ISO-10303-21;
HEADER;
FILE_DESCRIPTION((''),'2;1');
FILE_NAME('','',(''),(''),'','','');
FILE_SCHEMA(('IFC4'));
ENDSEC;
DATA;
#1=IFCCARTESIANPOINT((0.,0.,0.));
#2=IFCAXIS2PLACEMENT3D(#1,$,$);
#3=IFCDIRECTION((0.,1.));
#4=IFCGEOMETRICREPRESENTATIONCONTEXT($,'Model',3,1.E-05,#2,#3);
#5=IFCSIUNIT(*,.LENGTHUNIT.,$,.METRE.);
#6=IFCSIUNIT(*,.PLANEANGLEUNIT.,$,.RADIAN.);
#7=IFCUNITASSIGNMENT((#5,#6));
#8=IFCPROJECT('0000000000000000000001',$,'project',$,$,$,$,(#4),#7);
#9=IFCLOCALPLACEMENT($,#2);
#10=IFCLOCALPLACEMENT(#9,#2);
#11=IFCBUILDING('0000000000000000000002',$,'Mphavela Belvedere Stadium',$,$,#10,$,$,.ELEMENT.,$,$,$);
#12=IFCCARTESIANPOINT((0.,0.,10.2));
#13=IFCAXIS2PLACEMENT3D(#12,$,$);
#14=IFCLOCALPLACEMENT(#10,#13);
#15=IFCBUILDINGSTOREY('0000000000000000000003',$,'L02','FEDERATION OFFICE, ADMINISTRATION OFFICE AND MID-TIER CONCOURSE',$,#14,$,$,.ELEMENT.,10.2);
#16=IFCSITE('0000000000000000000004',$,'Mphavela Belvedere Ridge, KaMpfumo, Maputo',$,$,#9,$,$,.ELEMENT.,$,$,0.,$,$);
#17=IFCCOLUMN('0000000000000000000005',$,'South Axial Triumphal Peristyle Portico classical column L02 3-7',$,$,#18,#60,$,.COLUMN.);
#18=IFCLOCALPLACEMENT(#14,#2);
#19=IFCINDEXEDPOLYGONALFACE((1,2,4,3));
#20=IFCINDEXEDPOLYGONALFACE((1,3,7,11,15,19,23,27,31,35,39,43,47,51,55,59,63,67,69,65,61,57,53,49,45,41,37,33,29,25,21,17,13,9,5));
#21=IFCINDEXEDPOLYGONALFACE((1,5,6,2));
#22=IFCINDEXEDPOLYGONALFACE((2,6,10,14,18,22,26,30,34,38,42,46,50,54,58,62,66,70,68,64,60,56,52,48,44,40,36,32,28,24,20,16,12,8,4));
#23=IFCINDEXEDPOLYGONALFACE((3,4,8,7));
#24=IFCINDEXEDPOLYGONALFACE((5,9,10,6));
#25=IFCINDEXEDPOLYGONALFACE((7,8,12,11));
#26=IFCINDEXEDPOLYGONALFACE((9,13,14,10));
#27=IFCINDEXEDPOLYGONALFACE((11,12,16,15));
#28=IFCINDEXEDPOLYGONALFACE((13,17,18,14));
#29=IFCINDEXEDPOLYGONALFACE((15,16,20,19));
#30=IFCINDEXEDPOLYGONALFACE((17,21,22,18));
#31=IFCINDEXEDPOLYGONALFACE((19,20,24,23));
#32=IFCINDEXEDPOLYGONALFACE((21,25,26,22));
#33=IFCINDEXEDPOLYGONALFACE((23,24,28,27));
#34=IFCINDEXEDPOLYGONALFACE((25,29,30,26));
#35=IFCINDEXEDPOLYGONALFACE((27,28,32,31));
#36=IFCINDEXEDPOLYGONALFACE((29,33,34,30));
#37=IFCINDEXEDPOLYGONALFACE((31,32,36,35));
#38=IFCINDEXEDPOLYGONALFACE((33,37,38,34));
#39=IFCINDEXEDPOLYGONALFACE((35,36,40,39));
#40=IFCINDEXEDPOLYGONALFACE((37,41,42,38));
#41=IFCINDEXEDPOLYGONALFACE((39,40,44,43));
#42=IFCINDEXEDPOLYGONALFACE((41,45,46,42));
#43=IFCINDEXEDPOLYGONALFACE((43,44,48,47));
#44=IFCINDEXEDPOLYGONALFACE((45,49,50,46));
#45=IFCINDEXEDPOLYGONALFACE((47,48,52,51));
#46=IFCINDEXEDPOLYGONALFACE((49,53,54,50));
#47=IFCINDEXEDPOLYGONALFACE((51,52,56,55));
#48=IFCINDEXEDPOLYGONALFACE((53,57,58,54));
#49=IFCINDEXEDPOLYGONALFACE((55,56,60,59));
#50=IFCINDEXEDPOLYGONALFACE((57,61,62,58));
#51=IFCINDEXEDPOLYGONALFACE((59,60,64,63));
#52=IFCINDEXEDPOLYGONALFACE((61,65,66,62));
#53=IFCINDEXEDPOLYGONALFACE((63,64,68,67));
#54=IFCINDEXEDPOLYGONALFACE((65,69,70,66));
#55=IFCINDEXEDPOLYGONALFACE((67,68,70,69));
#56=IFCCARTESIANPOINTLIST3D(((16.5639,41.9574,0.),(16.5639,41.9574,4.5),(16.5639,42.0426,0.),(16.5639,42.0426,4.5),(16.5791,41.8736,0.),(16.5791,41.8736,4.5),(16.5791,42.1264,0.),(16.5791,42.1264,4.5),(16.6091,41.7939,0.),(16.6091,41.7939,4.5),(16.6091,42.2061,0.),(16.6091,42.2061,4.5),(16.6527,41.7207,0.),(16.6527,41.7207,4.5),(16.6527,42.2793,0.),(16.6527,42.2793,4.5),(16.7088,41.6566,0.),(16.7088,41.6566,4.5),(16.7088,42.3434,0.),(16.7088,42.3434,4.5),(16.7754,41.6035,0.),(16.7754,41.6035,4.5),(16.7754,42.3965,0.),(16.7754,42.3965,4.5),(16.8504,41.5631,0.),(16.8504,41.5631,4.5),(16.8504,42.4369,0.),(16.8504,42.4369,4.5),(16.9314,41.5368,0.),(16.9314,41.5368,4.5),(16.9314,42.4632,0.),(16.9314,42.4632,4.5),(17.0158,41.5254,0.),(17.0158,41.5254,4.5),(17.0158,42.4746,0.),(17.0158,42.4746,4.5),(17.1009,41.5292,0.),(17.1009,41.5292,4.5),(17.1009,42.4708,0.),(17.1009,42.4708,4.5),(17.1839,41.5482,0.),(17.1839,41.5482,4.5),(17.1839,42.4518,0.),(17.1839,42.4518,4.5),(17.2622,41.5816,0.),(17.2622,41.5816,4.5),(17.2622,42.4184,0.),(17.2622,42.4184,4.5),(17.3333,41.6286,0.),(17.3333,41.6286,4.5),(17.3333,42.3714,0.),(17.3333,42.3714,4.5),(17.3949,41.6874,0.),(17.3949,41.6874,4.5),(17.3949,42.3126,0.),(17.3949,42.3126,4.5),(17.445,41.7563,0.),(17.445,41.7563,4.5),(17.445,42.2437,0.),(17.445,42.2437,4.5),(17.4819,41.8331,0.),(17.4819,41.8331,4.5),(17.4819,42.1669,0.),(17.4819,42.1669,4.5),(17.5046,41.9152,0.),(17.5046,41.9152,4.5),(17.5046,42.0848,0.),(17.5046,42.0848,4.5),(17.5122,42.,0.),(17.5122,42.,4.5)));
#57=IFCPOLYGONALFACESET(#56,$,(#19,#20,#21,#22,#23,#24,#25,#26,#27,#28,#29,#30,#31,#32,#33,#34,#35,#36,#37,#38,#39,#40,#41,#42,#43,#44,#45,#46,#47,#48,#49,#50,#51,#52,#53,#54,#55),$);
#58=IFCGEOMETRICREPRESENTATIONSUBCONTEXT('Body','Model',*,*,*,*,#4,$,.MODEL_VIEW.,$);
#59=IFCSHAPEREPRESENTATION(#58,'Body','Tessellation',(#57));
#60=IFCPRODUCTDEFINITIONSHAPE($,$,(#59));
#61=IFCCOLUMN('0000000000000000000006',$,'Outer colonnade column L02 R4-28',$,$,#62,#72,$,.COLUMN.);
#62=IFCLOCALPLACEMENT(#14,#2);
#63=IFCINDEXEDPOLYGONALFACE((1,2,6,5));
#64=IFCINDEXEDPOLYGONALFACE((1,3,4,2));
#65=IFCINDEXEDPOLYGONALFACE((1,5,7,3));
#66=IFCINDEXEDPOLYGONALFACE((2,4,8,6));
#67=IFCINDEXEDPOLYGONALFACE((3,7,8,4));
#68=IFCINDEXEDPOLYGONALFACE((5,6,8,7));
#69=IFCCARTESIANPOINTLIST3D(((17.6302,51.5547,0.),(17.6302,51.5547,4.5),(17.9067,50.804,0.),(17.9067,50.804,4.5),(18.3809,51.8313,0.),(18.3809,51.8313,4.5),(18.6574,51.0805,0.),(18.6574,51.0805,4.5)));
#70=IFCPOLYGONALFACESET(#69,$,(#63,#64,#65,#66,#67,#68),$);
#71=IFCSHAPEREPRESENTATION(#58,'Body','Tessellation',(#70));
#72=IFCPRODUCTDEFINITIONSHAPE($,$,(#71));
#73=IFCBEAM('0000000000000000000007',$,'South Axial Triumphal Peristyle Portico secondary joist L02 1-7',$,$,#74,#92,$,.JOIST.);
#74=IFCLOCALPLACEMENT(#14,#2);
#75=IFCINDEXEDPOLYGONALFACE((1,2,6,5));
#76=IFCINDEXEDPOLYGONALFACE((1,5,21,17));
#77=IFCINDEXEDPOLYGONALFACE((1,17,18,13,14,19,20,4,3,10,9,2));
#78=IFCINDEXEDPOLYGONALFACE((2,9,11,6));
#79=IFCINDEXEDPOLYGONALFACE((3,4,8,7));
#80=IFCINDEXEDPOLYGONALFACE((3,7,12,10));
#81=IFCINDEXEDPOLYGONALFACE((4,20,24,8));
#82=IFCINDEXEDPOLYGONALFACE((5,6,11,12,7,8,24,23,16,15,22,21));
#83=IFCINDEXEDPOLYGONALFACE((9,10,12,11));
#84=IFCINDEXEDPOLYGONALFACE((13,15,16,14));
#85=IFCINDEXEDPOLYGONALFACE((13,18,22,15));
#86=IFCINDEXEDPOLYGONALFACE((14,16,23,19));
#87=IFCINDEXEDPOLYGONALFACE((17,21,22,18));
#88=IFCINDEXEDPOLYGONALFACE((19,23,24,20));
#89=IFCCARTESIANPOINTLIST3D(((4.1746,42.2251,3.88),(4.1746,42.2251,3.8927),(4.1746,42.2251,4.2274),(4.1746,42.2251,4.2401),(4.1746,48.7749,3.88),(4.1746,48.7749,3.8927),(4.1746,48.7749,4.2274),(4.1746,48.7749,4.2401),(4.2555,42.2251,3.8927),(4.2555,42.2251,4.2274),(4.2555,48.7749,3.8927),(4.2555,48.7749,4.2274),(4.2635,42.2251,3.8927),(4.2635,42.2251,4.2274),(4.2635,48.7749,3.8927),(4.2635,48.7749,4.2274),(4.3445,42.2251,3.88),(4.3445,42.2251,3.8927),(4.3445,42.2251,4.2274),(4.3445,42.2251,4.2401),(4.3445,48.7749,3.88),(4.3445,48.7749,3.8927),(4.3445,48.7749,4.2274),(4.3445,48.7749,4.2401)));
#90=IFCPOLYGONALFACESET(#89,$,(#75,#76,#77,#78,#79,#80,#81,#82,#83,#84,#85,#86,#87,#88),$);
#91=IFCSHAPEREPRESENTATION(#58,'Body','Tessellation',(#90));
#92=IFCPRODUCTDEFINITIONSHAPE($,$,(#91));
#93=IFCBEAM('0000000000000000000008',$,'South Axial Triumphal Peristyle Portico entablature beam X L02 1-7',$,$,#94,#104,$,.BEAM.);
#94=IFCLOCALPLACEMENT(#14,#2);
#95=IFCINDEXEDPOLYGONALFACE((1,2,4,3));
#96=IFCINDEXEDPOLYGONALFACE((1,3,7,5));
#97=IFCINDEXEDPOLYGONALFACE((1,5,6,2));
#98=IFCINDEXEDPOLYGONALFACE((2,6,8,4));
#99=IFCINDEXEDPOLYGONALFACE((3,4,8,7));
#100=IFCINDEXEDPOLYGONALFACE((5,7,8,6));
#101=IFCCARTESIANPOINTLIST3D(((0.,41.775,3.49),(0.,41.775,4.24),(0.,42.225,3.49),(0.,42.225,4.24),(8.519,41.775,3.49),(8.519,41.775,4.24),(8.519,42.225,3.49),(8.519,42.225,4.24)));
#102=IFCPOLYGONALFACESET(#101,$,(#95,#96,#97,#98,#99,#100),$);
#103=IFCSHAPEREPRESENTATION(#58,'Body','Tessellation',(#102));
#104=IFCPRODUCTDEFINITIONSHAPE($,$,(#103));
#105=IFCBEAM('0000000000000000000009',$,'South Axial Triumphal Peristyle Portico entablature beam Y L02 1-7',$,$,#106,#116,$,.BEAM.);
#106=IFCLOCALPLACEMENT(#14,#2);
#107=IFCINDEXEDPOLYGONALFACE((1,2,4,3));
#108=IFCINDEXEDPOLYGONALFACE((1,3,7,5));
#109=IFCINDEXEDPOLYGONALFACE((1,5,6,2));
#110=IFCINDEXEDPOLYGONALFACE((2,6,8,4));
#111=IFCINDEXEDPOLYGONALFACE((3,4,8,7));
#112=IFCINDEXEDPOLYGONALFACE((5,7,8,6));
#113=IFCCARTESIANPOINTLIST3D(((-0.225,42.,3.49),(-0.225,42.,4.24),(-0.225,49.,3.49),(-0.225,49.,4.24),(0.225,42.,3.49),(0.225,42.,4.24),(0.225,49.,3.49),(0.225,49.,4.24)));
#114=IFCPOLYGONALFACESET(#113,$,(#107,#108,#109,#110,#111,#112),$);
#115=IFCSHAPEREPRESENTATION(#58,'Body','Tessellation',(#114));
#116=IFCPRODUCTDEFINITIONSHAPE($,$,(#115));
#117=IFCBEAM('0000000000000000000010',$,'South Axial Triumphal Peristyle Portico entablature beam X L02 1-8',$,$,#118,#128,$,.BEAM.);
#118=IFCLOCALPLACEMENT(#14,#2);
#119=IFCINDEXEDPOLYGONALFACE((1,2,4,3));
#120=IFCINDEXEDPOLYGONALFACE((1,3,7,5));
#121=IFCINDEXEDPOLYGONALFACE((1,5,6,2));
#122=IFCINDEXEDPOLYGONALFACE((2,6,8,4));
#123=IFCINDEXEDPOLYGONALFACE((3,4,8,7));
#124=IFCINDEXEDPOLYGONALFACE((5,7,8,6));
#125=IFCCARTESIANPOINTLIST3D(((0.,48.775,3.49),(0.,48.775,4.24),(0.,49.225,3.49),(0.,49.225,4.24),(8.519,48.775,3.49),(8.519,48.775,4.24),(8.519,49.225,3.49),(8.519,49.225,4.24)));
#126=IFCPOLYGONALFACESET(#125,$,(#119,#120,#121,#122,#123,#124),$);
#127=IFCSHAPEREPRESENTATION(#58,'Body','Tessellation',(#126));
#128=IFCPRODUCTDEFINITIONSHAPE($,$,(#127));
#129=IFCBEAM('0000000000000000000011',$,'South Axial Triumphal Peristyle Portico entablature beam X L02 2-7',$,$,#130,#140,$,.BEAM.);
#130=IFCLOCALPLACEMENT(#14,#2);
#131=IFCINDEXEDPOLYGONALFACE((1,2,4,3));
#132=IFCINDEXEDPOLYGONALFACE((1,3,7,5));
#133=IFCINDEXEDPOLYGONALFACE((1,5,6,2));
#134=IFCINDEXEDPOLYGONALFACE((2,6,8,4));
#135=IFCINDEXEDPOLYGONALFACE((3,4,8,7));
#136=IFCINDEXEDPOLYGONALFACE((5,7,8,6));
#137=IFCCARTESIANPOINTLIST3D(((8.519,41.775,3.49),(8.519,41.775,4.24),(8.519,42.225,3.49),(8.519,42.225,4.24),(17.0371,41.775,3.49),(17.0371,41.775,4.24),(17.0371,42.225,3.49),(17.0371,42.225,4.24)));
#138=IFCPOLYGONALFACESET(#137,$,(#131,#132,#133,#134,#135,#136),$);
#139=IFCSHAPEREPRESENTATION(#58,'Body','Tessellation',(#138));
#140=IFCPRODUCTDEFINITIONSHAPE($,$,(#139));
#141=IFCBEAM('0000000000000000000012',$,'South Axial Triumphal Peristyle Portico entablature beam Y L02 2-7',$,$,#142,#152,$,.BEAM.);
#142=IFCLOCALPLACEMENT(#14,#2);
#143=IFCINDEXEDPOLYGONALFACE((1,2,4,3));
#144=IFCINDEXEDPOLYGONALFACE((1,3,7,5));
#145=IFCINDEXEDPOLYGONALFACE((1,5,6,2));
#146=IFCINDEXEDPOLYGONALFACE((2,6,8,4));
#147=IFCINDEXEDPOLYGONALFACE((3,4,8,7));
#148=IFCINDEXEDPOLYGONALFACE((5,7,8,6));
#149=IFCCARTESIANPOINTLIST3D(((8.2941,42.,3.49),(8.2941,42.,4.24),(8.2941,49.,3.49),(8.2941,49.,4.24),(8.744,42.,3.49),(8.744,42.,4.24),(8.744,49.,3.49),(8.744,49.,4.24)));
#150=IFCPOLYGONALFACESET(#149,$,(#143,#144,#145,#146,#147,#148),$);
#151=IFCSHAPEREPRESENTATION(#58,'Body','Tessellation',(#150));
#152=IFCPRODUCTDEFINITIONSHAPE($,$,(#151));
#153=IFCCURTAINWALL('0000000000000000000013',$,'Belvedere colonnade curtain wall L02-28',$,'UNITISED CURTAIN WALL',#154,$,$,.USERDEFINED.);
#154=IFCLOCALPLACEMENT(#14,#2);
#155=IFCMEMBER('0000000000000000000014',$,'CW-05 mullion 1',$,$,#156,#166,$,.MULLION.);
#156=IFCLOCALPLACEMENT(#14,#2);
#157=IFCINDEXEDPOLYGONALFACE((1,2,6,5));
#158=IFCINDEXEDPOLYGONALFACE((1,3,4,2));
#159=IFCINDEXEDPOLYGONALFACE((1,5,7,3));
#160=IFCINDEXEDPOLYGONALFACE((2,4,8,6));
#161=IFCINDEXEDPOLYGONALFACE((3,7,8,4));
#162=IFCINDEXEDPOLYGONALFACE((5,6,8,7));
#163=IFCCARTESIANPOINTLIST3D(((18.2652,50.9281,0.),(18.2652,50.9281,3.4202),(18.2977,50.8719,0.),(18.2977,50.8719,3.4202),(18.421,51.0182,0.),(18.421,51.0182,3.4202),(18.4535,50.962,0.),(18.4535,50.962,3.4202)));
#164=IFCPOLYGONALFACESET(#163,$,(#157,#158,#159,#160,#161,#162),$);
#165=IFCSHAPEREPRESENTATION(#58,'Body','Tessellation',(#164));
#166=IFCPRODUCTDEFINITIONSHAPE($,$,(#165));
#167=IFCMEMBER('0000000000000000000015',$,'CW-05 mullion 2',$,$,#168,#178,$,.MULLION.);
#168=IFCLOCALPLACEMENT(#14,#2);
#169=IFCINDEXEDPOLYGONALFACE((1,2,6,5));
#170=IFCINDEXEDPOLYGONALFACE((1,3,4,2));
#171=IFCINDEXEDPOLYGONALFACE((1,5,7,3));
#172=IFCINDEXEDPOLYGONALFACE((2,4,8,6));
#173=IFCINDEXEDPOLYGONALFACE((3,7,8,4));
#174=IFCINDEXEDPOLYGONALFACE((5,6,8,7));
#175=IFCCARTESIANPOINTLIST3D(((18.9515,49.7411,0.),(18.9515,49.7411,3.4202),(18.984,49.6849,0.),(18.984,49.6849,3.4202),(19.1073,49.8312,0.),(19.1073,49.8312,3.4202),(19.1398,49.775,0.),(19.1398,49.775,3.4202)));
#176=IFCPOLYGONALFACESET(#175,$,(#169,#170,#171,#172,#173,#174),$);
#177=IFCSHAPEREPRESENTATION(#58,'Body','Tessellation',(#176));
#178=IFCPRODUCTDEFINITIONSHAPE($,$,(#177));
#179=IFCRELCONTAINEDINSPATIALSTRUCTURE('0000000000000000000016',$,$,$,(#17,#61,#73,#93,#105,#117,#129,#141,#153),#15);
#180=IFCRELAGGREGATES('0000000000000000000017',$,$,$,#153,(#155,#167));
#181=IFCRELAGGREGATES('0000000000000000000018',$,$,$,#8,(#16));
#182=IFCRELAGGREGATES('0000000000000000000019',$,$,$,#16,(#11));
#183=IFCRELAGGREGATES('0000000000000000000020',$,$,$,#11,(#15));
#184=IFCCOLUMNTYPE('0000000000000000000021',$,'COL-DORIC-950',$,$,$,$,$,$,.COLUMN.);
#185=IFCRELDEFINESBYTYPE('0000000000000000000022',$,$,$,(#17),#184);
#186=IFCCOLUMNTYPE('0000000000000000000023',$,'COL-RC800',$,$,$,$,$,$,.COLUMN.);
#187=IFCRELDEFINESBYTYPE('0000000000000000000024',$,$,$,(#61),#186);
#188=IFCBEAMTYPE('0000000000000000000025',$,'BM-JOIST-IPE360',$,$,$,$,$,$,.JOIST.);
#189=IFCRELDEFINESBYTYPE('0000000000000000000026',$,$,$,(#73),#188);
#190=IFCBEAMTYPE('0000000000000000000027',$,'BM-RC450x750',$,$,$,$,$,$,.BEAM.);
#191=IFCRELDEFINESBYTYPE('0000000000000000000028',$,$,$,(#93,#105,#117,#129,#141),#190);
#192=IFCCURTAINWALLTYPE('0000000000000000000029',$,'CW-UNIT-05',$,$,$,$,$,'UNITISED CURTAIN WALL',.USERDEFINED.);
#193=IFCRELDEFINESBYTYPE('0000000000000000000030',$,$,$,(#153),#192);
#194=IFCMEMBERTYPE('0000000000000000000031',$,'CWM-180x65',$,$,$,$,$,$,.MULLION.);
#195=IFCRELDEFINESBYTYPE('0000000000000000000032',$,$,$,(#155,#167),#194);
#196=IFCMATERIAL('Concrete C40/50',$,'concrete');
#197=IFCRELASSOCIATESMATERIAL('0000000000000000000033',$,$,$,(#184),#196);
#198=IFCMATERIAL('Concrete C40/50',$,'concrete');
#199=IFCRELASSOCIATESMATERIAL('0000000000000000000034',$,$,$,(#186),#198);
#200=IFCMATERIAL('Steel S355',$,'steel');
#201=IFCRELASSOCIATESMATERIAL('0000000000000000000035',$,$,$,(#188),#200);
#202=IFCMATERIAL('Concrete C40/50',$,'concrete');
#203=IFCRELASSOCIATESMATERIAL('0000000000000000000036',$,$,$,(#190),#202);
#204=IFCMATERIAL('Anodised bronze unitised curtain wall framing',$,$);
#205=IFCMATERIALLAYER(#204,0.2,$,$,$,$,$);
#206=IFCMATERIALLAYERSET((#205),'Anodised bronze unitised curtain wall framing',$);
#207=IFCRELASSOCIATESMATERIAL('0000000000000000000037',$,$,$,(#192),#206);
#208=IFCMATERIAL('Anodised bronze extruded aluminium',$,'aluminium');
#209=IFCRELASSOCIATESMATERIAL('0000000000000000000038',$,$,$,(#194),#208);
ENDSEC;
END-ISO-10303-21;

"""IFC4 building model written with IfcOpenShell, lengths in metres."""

from ifc_helpers import new_model, si_unit, direction, frame, origin, origin_2d, place, context, subcontext, project, spatial, rectangle, circle, i_section, extrude, material, layer, layer_set, material_profile, profile_set, type_object, element, aggregate, save


model = new_model("IFC4")

# Units and contexts
model_context = context("Model", 3, precision=1e-05, world=origin(), true_north=direction((0.0, 1.0)))
body_context = subcontext(model_context, "Body", "Model", "MODEL_VIEW")
ifc_project = project(units=[si_unit("LENGTHUNIT", "METRE"), si_unit("PLANEANGLEUNIT", "RADIAN")], contexts=[model_context])

# Site, building, storey
site_placement = place(None, origin())
site = spatial("IfcSite", under=ifc_project, at=site_placement, Name="Mphavela Belvedere Ridge, KaMpfumo, Maputo", CompositionType="ELEMENT", RefElevation=0.0)
building_placement = place(site_placement, origin())
building = spatial("IfcBuilding", under=site, at=building_placement, Name="Mphavela Belvedere Stadium", CompositionType="ELEMENT")
storey_placement = place(building_placement, frame((0.0, 0.0, 10.2)))
storey = spatial("IfcBuildingStorey", under=building, at=storey_placement, Name="L02", Description="FEDERATION OFFICE, ADMINISTRATION OFFICE AND MID-TIER CONCOURSE", CompositionType="ELEMENT", Elevation=10.2)

# Columns
ifc_material_1 = material(Name="Concrete C40/50", Category="concrete")
ifc_material_profile_1 = material_profile(ifc_material_1, circle(Radius=0.4751, at=origin_2d()), Name="COL D950")
ifc_profile_set_1 = profile_set([ifc_material_profile_1], Name="Concrete C40/50")
column_type_1 = type_object("IfcColumnType", Name="COL-DORIC-950", PredefinedType="COLUMN", material=ifc_profile_set_1)
for number, where, z_axis, x_axis, name in (
    (1, (17.0371, 42.0, 0.0), (0.0, 0.0, 1.0), (1.0, 0.0, 0.0), "South Axial Triumphal Peristyle Portico classical column L02 3-7"),
):
    element("IfcColumn", number, at=place(storey_placement, frame(where, z_axis=z_axis, x_axis=x_axis)), inside=storey, type_object=column_type_1, Name=name, PredefinedType="COLUMN", context=body_context, shape_type="SweptSolid", body=[
        extrude(circle(Radius=0.4751, at=origin_2d()), origin(), (0.0, 0.0, 1.0), 4.5),
    ])
ifc_material_2 = material(Name="Concrete C40/50", Category="concrete")
ifc_material_profile_2 = material_profile(ifc_material_2, rectangle(XDim=0.8, YDim=0.8, at=origin_2d()), Name="RC 800x800")
ifc_profile_set_2 = profile_set([ifc_material_profile_2], Name="Concrete C40/50")
column_type_2 = type_object("IfcColumnType", Name="COL-RC800", PredefinedType="COLUMN", material=ifc_profile_set_2)
column_placement = place(storey_placement, frame((18.1438, 51.3176, 0.0), z_axis=(0.0, 0.0, 1.0), x_axis=(-0.938372, -0.345626, 0.0)))
element("IfcColumn", 2, at=column_placement, inside=storey, type_object=column_type_2, Name="Outer colonnade column L02 R4-28", PredefinedType="COLUMN", context=body_context, shape_type="SweptSolid", body=[
    extrude(rectangle(XDim=0.8, YDim=0.8, at=origin_2d()), origin(), (0.0, 0.0, 1.0), 4.5),
])

# Beams
ifc_material_3 = material(Name="Steel S355", Category="steel")
ifc_material_profile_3 = material_profile(ifc_material_3, i_section(OverallWidth=0.1699, OverallDepth=0.3601, WebThickness=0.0081, FlangeThickness=0.0127, at=origin_2d()), Name="IPE 360")
ifc_profile_set_3 = profile_set([ifc_material_profile_3], Name="Steel S355")
beam_type_1 = type_object("IfcBeamType", Name="BM-JOIST-IPE360", PredefinedType="JOIST", material=ifc_profile_set_3)
beam_1_placement = place(storey_placement, frame((4.2595, 42.2251, 4.0601), z_axis=(0.0, 1.0, 0.0), x_axis=(-1.0, 0.0, 0.0)))
element("IfcBeam", 3, at=beam_1_placement, inside=storey, type_object=beam_type_1, Name="South Axial Triumphal Peristyle Portico secondary joist L02 1-7", PredefinedType="JOIST", context=body_context, shape_type="SweptSolid", body=[
    extrude(i_section(OverallWidth=0.1699, OverallDepth=0.3601, WebThickness=0.0081, FlangeThickness=0.0127, at=origin_2d()), origin(), (0.0, 0.0, 1.0), 6.5498),
])
ifc_material_4 = material(Name="Concrete C40/50", Category="concrete")
ifc_material_profile_4 = material_profile(ifc_material_4, rectangle(XDim=0.45, YDim=0.75, at=origin_2d()), Name="RC 450x750")
ifc_profile_set_4 = profile_set([ifc_material_profile_4], Name="Concrete C40/50")
beam_type_2 = type_object("IfcBeamType", Name="BM-RC450x750", PredefinedType="BEAM", material=ifc_profile_set_4)
beam_2_placement = place(storey_placement, frame((0.0, 42.0, 3.865), z_axis=(1.0, 0.0, 0.0), x_axis=(0.0, 1.0, 0.0)))
element("IfcBeam", 4, at=beam_2_placement, inside=storey, type_object=beam_type_2, Name="South Axial Triumphal Peristyle Portico entablature beam X L02 1-7", PredefinedType="BEAM", context=body_context, shape_type="SweptSolid", body=[
    extrude(rectangle(XDim=0.45, YDim=0.75, at=origin_2d()), origin(), (0.0, 0.0, 1.0), 8.519),
])
beam_3_placement = place(storey_placement, frame((0.0, 42.0, 3.865), z_axis=(0.0, 1.0, 0.0), x_axis=(-1.0, 0.0, 0.0)))
element("IfcBeam", 5, at=beam_3_placement, inside=storey, type_object=beam_type_2, Name="South Axial Triumphal Peristyle Portico entablature beam Y L02 1-7", PredefinedType="BEAM", context=body_context, shape_type="SweptSolid", body=[
    extrude(rectangle(XDim=0.45, YDim=0.75, at=origin_2d()), origin(), (0.0, 0.0, 1.0), 7.0),
])
beam_4_placement = place(storey_placement, frame((0.0, 49.0, 3.865), z_axis=(1.0, 0.0, 0.0), x_axis=(0.0, 1.0, 0.0)))
element("IfcBeam", 6, at=beam_4_placement, inside=storey, type_object=beam_type_2, Name="South Axial Triumphal Peristyle Portico entablature beam X L02 1-8", PredefinedType="BEAM", context=body_context, shape_type="SweptSolid", body=[
    extrude(rectangle(XDim=0.45, YDim=0.75, at=origin_2d()), origin(), (0.0, 0.0, 1.0), 8.519),
])
beam_5_placement = place(storey_placement, frame((8.519, 42.0, 3.865), z_axis=(1.0, 0.0, 0.0), x_axis=(0.0, 1.0, 0.0)))
element("IfcBeam", 7, at=beam_5_placement, inside=storey, type_object=beam_type_2, Name="South Axial Triumphal Peristyle Portico entablature beam X L02 2-7", PredefinedType="BEAM", context=body_context, shape_type="SweptSolid", body=[
    extrude(rectangle(XDim=0.45, YDim=0.75, at=origin_2d()), origin(), (0.0, 0.0, 1.0), 8.5181),
])
beam_6_placement = place(storey_placement, frame((8.519, 42.0, 3.865), z_axis=(0.0, 1.0, 0.0), x_axis=(-1.0, 0.0, 0.0)))
element("IfcBeam", 8, at=beam_6_placement, inside=storey, type_object=beam_type_2, Name="South Axial Triumphal Peristyle Portico entablature beam Y L02 2-7", PredefinedType="BEAM", context=body_context, shape_type="SweptSolid", body=[
    extrude(rectangle(XDim=0.45, YDim=0.75, at=origin_2d()), origin(), (0.0, 0.0, 1.0), 7.0),
])

# Curtain wall, members
ifc_material_5 = material(Name="Anodised bronze unitised curtain wall framing")
ifc_layer_1 = layer(ifc_material_5, 0.2)
ifc_layer_set_1 = layer_set([ifc_layer_1], Name="Anodised bronze unitised curtain wall framing")
curtain_wall_type = type_object("IfcCurtainWallType", Name="CW-UNIT-05", ElementType="UNITISED CURTAIN WALL", PredefinedType="USERDEFINED", material=ifc_layer_set_1)
curtain_wall_placement = place(storey_placement, origin())
curtain_wall = element("IfcCurtainWall", 9, at=curtain_wall_placement, inside=storey, type_object=curtain_wall_type, Name="Belvedere colonnade curtain wall L02-28", ObjectType="UNITISED CURTAIN WALL", PredefinedType="USERDEFINED")
ifc_material_6 = material(Name="Anodised bronze extruded aluminium", Category="aluminium")
ifc_material_profile_5 = material_profile(ifc_material_6, rectangle(XDim=0.1799, YDim=0.0649, at=origin_2d()), Name="CW-MUL 180x65")
ifc_profile_set_5 = profile_set([ifc_material_profile_5], Name="Anodised bronze extruded aluminium")
member_type_1 = type_object("IfcMemberType", Name="CWM-180x65", PredefinedType="MULLION", material=ifc_profile_set_5)
member_1_placement = place(storey_placement, frame((18.3594, 50.9451, 0.0), z_axis=(0.0, 0.0, 1.0), x_axis=(0.8657, 0.500562, 0.0)))
member_1 = element("IfcMember", 10, at=member_1_placement, type_object=member_type_1, Name="CW-05 mullion 1", PredefinedType="MULLION", context=body_context, shape_type="SweptSolid", body=[
    extrude(rectangle(XDim=0.1799, YDim=0.0649, at=origin_2d()), origin(), (0.0, 0.0, 1.0), 3.4202),
])
member_2_placement = place(storey_placement, frame((19.0457, 49.7581, 0.0), z_axis=(0.0, 0.0, 1.0), x_axis=(0.8657, 0.500562, 0.0)))
member_2 = element("IfcMember", 11, at=member_2_placement, type_object=member_type_1, Name="CW-05 mullion 2", PredefinedType="MULLION", context=body_context, shape_type="SweptSolid", body=[
    extrude(rectangle(XDim=0.1799, YDim=0.0649, at=origin_2d()), origin(), (0.0, 0.0, 1.0), 3.4202),
])
aggregate(curtain_wall, [member_1, member_2])

save(model, "model.ifc")
